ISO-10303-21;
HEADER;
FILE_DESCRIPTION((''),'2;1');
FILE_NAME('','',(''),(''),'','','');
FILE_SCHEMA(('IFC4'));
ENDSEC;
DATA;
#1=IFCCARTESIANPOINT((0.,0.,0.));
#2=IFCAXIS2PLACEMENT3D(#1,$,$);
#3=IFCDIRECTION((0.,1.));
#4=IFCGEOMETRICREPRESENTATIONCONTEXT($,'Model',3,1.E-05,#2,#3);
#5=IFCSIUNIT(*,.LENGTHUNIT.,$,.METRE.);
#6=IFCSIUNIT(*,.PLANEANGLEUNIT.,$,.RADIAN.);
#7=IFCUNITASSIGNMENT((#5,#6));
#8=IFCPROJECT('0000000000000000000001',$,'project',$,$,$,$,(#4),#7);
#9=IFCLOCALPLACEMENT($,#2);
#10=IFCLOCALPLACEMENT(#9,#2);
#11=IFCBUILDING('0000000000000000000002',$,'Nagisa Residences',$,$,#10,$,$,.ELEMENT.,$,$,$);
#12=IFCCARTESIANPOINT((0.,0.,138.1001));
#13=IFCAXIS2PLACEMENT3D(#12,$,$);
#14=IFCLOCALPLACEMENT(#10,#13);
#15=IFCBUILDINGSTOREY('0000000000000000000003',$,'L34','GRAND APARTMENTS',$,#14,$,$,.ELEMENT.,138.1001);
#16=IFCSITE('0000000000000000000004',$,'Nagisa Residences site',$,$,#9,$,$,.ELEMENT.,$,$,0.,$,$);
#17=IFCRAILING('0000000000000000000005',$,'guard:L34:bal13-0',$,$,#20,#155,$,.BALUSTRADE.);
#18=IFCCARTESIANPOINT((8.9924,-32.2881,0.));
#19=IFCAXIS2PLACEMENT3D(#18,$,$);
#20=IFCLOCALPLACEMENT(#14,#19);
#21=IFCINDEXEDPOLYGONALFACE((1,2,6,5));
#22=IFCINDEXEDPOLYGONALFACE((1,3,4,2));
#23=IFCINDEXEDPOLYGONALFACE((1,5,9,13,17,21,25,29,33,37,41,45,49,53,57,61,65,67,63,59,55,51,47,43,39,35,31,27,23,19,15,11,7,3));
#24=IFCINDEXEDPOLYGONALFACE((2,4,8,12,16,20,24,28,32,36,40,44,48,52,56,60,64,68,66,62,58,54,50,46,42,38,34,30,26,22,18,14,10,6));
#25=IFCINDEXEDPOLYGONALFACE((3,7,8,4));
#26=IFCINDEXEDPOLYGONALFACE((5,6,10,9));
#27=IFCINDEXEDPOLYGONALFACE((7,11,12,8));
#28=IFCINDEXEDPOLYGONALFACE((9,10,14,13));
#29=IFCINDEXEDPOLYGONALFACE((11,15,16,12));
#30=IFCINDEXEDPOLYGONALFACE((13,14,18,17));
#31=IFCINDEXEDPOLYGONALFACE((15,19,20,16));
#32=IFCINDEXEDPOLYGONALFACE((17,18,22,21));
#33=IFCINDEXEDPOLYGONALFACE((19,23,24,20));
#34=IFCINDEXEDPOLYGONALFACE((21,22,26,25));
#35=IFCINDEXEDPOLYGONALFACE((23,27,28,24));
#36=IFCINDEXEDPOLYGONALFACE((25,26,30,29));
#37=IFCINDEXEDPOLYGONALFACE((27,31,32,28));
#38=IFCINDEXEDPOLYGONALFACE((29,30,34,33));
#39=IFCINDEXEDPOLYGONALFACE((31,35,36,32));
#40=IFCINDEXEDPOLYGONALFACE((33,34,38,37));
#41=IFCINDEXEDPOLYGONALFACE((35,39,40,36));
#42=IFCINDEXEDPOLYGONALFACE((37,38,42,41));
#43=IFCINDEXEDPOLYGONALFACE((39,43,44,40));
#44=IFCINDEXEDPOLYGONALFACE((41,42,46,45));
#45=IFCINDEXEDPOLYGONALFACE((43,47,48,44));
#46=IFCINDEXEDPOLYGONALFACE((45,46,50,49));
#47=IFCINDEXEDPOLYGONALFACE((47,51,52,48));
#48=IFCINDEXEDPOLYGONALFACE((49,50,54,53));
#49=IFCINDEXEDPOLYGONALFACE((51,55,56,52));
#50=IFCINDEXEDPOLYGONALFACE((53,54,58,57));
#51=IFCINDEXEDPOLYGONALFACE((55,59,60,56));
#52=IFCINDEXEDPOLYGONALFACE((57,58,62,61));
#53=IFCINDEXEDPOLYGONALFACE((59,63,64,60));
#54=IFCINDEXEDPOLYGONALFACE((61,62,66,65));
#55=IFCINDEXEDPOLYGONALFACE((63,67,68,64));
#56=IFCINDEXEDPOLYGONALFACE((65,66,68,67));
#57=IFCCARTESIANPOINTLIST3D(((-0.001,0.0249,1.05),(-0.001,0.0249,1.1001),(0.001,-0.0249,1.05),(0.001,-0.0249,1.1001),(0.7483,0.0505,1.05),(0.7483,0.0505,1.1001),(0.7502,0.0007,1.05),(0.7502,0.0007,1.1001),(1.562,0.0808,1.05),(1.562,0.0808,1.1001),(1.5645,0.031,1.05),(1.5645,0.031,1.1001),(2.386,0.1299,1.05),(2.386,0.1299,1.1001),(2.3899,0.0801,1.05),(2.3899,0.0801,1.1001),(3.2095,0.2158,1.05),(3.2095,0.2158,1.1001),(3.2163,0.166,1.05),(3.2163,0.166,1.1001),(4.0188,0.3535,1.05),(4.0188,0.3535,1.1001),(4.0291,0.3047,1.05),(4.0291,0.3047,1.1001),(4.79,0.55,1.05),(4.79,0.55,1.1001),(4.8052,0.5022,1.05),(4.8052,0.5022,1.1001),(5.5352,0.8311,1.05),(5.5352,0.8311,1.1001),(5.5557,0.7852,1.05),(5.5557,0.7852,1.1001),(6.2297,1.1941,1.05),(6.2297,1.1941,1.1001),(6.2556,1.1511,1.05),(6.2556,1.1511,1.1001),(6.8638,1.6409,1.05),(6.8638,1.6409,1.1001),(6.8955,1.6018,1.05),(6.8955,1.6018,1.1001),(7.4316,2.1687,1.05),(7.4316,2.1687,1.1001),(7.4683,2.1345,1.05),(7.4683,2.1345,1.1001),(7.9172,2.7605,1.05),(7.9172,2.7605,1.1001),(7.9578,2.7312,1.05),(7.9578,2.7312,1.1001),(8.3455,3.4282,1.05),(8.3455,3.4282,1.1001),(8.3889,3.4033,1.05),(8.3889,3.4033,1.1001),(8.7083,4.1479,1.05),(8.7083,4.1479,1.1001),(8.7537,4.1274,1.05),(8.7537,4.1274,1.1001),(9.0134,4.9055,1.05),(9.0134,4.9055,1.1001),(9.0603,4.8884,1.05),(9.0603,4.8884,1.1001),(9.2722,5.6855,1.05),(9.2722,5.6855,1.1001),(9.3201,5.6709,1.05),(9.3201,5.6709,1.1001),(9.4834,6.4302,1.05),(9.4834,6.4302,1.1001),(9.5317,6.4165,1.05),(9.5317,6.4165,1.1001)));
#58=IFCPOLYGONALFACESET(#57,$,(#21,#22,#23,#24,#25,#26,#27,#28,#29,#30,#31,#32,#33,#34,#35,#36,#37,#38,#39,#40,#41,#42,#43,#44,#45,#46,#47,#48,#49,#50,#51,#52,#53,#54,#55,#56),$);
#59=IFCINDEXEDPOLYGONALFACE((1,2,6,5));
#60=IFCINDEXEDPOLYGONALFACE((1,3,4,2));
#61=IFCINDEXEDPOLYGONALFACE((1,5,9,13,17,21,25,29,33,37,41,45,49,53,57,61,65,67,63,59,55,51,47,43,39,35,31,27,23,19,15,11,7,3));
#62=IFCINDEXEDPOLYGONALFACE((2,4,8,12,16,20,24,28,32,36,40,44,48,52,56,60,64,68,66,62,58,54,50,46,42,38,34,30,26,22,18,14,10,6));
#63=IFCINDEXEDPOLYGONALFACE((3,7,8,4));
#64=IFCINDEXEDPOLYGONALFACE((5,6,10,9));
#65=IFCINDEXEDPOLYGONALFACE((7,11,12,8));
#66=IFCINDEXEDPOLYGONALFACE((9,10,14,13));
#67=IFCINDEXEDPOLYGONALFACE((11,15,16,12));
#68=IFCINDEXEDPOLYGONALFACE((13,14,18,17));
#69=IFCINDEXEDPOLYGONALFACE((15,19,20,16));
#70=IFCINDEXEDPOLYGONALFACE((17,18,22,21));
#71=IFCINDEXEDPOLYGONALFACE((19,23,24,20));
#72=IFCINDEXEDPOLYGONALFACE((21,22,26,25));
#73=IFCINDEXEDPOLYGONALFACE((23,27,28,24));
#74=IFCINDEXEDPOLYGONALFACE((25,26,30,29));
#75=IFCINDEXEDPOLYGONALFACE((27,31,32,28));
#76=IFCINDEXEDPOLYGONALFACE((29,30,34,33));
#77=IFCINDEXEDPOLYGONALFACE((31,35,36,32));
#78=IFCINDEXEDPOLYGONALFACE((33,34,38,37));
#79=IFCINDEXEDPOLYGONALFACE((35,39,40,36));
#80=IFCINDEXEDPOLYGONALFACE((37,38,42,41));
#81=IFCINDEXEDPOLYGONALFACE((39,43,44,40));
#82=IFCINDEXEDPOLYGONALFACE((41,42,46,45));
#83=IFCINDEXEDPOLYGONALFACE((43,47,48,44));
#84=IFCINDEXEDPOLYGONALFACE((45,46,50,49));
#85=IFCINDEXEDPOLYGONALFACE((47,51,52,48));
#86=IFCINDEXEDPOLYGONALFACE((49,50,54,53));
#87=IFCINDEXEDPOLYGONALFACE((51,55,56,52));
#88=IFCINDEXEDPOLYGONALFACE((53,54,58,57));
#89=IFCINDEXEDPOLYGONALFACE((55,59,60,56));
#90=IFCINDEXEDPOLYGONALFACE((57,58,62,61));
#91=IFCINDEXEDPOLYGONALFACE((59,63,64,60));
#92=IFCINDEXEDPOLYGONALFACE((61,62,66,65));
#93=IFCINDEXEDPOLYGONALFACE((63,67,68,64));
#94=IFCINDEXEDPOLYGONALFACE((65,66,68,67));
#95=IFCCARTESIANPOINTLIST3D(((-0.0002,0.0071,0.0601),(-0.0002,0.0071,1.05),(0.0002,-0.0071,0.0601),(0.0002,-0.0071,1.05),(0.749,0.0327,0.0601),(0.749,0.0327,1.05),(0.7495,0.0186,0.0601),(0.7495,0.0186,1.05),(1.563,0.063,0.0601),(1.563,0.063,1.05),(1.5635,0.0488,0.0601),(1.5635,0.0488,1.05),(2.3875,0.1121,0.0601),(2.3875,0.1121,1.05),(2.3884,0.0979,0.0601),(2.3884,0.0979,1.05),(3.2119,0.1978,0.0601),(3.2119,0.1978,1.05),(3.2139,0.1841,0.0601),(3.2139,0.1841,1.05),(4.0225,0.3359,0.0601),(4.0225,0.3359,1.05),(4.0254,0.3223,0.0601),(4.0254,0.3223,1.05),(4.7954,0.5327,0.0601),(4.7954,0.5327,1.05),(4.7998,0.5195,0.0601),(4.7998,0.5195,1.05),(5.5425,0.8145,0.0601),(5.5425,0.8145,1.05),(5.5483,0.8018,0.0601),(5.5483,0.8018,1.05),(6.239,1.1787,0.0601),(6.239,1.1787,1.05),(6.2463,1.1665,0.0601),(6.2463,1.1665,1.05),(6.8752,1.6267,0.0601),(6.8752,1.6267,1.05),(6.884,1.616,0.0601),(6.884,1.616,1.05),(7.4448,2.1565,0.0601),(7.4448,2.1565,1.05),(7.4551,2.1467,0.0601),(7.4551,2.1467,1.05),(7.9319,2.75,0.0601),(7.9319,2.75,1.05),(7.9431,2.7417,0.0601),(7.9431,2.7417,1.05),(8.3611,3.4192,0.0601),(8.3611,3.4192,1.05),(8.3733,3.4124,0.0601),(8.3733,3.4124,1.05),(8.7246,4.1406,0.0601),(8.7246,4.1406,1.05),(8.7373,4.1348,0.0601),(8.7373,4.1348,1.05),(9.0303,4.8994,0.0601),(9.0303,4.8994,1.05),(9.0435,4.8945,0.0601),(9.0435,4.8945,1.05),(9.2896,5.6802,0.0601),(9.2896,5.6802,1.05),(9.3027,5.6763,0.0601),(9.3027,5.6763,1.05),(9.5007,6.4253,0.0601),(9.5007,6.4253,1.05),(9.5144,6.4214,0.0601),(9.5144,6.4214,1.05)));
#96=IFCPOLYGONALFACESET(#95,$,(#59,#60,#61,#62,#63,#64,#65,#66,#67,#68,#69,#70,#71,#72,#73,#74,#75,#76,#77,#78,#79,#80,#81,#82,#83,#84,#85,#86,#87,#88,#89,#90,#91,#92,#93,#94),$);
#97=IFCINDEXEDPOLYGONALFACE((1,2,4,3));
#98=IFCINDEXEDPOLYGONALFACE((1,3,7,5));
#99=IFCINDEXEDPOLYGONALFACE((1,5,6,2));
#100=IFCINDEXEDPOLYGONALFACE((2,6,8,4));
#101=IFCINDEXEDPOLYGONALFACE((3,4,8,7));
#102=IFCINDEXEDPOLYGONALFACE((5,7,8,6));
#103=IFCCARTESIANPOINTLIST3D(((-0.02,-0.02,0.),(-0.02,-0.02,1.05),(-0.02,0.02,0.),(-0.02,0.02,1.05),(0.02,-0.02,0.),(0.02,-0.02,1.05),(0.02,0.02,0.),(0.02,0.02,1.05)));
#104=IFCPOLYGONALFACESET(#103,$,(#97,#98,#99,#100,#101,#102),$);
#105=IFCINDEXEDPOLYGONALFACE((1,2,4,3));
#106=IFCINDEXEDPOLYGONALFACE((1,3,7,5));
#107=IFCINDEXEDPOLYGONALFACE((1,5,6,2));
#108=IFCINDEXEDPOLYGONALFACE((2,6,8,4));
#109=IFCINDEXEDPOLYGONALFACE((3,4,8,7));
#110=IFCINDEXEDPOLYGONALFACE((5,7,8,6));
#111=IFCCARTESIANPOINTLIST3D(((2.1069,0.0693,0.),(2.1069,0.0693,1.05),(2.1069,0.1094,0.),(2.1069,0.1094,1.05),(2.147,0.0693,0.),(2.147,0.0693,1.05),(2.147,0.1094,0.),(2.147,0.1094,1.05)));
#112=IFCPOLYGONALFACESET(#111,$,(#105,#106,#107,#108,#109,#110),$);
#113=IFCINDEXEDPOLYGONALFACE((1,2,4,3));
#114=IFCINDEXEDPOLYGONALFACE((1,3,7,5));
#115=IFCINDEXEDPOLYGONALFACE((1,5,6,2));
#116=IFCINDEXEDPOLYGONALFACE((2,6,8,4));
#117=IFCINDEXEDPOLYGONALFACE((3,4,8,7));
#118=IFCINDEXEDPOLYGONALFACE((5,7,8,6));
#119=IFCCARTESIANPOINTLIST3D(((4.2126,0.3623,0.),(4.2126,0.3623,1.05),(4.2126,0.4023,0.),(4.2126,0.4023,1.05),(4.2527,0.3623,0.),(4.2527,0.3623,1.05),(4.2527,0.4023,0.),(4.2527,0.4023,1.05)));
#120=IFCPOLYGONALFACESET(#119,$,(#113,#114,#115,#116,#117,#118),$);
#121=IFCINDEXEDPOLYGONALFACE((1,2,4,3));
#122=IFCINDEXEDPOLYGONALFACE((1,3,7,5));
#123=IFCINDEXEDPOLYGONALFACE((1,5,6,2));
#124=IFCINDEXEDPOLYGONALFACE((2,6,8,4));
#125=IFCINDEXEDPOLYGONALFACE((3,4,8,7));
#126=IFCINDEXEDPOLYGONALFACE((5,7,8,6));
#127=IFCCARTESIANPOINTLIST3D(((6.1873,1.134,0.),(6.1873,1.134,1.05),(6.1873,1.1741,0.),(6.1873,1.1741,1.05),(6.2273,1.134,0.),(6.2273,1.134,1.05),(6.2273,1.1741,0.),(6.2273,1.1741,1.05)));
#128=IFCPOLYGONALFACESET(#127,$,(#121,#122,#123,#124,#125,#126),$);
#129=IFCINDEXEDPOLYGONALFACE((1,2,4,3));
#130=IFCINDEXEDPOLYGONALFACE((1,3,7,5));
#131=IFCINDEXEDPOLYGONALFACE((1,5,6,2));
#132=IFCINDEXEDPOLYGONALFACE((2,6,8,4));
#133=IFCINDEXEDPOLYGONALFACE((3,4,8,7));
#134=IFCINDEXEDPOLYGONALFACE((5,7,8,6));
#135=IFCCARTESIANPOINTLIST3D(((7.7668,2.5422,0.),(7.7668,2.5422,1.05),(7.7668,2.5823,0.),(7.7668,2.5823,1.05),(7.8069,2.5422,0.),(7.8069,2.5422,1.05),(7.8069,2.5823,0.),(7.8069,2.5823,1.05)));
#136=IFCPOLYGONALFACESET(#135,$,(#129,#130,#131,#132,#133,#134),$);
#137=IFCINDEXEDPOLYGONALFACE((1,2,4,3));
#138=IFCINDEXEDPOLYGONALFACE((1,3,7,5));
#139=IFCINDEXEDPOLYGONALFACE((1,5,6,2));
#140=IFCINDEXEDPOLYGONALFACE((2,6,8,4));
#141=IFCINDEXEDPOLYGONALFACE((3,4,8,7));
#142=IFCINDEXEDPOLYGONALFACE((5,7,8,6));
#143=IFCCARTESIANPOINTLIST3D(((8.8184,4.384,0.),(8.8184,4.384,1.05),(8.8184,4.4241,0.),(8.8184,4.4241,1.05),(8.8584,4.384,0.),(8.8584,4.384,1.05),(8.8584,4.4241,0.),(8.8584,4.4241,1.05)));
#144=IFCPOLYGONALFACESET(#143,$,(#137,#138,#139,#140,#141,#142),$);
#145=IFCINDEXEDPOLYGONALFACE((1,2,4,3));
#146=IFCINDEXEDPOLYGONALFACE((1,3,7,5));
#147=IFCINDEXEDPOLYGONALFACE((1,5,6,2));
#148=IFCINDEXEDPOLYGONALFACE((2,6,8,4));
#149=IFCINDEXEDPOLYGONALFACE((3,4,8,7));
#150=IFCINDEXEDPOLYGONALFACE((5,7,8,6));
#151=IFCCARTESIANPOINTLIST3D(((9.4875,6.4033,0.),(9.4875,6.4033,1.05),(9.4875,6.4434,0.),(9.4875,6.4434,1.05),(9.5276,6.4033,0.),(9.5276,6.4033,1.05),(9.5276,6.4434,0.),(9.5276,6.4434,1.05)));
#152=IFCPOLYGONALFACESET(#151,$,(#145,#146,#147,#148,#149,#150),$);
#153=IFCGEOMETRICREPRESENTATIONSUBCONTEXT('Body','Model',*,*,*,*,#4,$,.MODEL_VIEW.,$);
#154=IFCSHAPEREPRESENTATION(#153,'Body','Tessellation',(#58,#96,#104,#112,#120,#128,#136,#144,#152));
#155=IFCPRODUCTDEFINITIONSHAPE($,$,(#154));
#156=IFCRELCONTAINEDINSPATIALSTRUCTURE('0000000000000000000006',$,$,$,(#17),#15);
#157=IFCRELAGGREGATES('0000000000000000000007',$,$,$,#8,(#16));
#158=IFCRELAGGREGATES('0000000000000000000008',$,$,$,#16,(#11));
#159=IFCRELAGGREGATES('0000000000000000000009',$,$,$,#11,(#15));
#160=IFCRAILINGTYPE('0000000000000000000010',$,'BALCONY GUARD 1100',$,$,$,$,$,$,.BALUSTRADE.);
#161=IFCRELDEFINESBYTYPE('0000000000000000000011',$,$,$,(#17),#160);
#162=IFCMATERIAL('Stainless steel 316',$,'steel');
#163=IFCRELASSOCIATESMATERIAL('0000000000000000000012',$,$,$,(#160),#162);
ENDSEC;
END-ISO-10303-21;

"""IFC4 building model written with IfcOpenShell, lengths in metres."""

from ifc_helpers import new_model, si_unit, direction, frame, origin, origin_2d, place, context, subcontext, project, spatial, polyline, rectangle, outline, extrude, material, type_object, element, save


model = new_model("IFC4")

# Units and contexts
model_context = context("Model", 3, precision=1e-05, world=origin(), true_north=direction((0.0, 1.0)))
body_context = subcontext(model_context, "Body", "Model", "MODEL_VIEW")
ifc_project = project(units=[si_unit("LENGTHUNIT", "METRE"), si_unit("PLANEANGLEUNIT", "RADIAN")], contexts=[model_context])

# Site, building, storey
site_placement = place(None, origin())
site = spatial("IfcSite", under=ifc_project, at=site_placement, Name="Nagisa Residences site", CompositionType="ELEMENT", RefElevation=0.0)
building_placement = place(site_placement, origin())
building = spatial("IfcBuilding", under=site, at=building_placement, Name="Nagisa Residences", CompositionType="ELEMENT")
storey_placement = place(building_placement, frame((0.0, 0.0, 138.1001)))
storey = spatial("IfcBuildingStorey", under=building, at=storey_placement, Name="L34", Description="GRAND APARTMENTS", CompositionType="ELEMENT", Elevation=138.1001)

# Railing
ifc_material_1 = material(Name="Stainless steel 316", Category="steel")
railing_type = type_object("IfcRailingType", Name="BALCONY GUARD 1100", PredefinedType="BALUSTRADE", material=ifc_material_1)
railing_placement = place(storey_placement, frame((8.9924, -32.2881, 0.0)))
element("IfcRailing", 1, at=railing_placement, inside=storey, type_object=railing_type, Name="guard:L34:bal13-0", PredefinedType="BALUSTRADE", context=body_context, shape_type="SweptSolid", body=[
    extrude(outline(polyline([(0.7483, 0.0505), (-0.001, 0.0249), (0.001, -0.0249), (0.7502, 0.0007), (1.5645, 0.031), (2.3899, 0.0801), (3.2163, 0.166), (4.0291, 0.3047), (4.8052, 0.5022), (5.5557, 0.7852), (6.2556, 1.1511), (6.8955, 1.6018), (7.4683, 2.1345), (7.9578, 2.7312), (8.3889, 3.4033), (8.7537, 4.1274), (9.0603, 4.8884), (9.3201, 5.6709), (9.5317, 6.4165), (9.4834, 6.4302), (9.2722, 5.6855), (9.0134, 4.9055), (8.7083, 4.1479), (8.3455, 3.4282), (7.9172, 2.7605), (7.4316, 2.1687), (6.8638, 1.6409), (6.2297, 1.1941), (5.5352, 0.8311), (4.79, 0.55), (4.0188, 0.3535), (3.2095, 0.2158), (2.386, 0.1299), (1.562, 0.0808), (0.7483, 0.0505)])), frame((0.0, 0.0, 1.05)), (0.0, 0.0, 1.0), 0.05),
    extrude(outline(polyline([(0.749, 0.0327), (-0.0002, 0.0071), (0.0002, -0.0071), (0.7495, 0.0186), (1.5635, 0.0488), (2.3884, 0.0979), (3.2139, 0.1841), (4.0254, 0.3223), (4.7998, 0.5195), (5.5483, 0.8018), (6.2463, 1.1665), (6.884, 1.616), (7.4551, 2.1467), (7.9431, 2.7417), (8.3733, 3.4124), (8.7373, 4.1348), (9.0435, 4.8945), (9.3027, 5.6763), (9.5144, 6.4214), (9.5007, 6.4253), (9.2896, 5.6802), (9.0303, 4.8994), (8.7246, 4.1406), (8.3611, 3.4192), (7.9319, 2.75), (7.4448, 2.1565), (6.8752, 1.6267), (6.239, 1.1787), (5.5425, 0.8145), (4.7954, 0.5327), (4.0225, 0.3359), (3.2119, 0.1978), (2.3875, 0.1121), (1.563, 0.063), (0.749, 0.0327)])), frame((0.0, 0.0, 0.0601)), (0.0, 0.0, 1.0), 0.99),
    extrude(rectangle(XDim=0.04, YDim=0.04, at=origin_2d()), origin(), (0.0, 0.0, 1.0), 1.05),
    extrude(rectangle(XDim=0.04, YDim=0.04, at=origin_2d()), frame((2.127, 0.0894, 0.0)), (0.0, 0.0, 1.0), 1.05),
    extrude(rectangle(XDim=0.04, YDim=0.04, at=origin_2d()), frame((4.2327, 0.3823, 0.0)), (0.0, 0.0, 1.0), 1.05),
    extrude(rectangle(XDim=0.04, YDim=0.04, at=origin_2d()), frame((6.2073, 1.1541, 0.0)), (0.0, 0.0, 1.0), 1.05),
    extrude(rectangle(XDim=0.04, YDim=0.04, at=origin_2d()), frame((7.7869, 2.5623, 0.0)), (0.0, 0.0, 1.0), 1.05),
    extrude(rectangle(XDim=0.04, YDim=0.04, at=origin_2d()), frame((8.8384, 4.4041, 0.0)), (0.0, 0.0, 1.0), 1.05),
    extrude(rectangle(XDim=0.04, YDim=0.04, at=origin_2d()), frame((9.5076, 6.4233, 0.0)), (0.0, 0.0, 1.0), 1.05),
])

save(model, "model.ifc")
